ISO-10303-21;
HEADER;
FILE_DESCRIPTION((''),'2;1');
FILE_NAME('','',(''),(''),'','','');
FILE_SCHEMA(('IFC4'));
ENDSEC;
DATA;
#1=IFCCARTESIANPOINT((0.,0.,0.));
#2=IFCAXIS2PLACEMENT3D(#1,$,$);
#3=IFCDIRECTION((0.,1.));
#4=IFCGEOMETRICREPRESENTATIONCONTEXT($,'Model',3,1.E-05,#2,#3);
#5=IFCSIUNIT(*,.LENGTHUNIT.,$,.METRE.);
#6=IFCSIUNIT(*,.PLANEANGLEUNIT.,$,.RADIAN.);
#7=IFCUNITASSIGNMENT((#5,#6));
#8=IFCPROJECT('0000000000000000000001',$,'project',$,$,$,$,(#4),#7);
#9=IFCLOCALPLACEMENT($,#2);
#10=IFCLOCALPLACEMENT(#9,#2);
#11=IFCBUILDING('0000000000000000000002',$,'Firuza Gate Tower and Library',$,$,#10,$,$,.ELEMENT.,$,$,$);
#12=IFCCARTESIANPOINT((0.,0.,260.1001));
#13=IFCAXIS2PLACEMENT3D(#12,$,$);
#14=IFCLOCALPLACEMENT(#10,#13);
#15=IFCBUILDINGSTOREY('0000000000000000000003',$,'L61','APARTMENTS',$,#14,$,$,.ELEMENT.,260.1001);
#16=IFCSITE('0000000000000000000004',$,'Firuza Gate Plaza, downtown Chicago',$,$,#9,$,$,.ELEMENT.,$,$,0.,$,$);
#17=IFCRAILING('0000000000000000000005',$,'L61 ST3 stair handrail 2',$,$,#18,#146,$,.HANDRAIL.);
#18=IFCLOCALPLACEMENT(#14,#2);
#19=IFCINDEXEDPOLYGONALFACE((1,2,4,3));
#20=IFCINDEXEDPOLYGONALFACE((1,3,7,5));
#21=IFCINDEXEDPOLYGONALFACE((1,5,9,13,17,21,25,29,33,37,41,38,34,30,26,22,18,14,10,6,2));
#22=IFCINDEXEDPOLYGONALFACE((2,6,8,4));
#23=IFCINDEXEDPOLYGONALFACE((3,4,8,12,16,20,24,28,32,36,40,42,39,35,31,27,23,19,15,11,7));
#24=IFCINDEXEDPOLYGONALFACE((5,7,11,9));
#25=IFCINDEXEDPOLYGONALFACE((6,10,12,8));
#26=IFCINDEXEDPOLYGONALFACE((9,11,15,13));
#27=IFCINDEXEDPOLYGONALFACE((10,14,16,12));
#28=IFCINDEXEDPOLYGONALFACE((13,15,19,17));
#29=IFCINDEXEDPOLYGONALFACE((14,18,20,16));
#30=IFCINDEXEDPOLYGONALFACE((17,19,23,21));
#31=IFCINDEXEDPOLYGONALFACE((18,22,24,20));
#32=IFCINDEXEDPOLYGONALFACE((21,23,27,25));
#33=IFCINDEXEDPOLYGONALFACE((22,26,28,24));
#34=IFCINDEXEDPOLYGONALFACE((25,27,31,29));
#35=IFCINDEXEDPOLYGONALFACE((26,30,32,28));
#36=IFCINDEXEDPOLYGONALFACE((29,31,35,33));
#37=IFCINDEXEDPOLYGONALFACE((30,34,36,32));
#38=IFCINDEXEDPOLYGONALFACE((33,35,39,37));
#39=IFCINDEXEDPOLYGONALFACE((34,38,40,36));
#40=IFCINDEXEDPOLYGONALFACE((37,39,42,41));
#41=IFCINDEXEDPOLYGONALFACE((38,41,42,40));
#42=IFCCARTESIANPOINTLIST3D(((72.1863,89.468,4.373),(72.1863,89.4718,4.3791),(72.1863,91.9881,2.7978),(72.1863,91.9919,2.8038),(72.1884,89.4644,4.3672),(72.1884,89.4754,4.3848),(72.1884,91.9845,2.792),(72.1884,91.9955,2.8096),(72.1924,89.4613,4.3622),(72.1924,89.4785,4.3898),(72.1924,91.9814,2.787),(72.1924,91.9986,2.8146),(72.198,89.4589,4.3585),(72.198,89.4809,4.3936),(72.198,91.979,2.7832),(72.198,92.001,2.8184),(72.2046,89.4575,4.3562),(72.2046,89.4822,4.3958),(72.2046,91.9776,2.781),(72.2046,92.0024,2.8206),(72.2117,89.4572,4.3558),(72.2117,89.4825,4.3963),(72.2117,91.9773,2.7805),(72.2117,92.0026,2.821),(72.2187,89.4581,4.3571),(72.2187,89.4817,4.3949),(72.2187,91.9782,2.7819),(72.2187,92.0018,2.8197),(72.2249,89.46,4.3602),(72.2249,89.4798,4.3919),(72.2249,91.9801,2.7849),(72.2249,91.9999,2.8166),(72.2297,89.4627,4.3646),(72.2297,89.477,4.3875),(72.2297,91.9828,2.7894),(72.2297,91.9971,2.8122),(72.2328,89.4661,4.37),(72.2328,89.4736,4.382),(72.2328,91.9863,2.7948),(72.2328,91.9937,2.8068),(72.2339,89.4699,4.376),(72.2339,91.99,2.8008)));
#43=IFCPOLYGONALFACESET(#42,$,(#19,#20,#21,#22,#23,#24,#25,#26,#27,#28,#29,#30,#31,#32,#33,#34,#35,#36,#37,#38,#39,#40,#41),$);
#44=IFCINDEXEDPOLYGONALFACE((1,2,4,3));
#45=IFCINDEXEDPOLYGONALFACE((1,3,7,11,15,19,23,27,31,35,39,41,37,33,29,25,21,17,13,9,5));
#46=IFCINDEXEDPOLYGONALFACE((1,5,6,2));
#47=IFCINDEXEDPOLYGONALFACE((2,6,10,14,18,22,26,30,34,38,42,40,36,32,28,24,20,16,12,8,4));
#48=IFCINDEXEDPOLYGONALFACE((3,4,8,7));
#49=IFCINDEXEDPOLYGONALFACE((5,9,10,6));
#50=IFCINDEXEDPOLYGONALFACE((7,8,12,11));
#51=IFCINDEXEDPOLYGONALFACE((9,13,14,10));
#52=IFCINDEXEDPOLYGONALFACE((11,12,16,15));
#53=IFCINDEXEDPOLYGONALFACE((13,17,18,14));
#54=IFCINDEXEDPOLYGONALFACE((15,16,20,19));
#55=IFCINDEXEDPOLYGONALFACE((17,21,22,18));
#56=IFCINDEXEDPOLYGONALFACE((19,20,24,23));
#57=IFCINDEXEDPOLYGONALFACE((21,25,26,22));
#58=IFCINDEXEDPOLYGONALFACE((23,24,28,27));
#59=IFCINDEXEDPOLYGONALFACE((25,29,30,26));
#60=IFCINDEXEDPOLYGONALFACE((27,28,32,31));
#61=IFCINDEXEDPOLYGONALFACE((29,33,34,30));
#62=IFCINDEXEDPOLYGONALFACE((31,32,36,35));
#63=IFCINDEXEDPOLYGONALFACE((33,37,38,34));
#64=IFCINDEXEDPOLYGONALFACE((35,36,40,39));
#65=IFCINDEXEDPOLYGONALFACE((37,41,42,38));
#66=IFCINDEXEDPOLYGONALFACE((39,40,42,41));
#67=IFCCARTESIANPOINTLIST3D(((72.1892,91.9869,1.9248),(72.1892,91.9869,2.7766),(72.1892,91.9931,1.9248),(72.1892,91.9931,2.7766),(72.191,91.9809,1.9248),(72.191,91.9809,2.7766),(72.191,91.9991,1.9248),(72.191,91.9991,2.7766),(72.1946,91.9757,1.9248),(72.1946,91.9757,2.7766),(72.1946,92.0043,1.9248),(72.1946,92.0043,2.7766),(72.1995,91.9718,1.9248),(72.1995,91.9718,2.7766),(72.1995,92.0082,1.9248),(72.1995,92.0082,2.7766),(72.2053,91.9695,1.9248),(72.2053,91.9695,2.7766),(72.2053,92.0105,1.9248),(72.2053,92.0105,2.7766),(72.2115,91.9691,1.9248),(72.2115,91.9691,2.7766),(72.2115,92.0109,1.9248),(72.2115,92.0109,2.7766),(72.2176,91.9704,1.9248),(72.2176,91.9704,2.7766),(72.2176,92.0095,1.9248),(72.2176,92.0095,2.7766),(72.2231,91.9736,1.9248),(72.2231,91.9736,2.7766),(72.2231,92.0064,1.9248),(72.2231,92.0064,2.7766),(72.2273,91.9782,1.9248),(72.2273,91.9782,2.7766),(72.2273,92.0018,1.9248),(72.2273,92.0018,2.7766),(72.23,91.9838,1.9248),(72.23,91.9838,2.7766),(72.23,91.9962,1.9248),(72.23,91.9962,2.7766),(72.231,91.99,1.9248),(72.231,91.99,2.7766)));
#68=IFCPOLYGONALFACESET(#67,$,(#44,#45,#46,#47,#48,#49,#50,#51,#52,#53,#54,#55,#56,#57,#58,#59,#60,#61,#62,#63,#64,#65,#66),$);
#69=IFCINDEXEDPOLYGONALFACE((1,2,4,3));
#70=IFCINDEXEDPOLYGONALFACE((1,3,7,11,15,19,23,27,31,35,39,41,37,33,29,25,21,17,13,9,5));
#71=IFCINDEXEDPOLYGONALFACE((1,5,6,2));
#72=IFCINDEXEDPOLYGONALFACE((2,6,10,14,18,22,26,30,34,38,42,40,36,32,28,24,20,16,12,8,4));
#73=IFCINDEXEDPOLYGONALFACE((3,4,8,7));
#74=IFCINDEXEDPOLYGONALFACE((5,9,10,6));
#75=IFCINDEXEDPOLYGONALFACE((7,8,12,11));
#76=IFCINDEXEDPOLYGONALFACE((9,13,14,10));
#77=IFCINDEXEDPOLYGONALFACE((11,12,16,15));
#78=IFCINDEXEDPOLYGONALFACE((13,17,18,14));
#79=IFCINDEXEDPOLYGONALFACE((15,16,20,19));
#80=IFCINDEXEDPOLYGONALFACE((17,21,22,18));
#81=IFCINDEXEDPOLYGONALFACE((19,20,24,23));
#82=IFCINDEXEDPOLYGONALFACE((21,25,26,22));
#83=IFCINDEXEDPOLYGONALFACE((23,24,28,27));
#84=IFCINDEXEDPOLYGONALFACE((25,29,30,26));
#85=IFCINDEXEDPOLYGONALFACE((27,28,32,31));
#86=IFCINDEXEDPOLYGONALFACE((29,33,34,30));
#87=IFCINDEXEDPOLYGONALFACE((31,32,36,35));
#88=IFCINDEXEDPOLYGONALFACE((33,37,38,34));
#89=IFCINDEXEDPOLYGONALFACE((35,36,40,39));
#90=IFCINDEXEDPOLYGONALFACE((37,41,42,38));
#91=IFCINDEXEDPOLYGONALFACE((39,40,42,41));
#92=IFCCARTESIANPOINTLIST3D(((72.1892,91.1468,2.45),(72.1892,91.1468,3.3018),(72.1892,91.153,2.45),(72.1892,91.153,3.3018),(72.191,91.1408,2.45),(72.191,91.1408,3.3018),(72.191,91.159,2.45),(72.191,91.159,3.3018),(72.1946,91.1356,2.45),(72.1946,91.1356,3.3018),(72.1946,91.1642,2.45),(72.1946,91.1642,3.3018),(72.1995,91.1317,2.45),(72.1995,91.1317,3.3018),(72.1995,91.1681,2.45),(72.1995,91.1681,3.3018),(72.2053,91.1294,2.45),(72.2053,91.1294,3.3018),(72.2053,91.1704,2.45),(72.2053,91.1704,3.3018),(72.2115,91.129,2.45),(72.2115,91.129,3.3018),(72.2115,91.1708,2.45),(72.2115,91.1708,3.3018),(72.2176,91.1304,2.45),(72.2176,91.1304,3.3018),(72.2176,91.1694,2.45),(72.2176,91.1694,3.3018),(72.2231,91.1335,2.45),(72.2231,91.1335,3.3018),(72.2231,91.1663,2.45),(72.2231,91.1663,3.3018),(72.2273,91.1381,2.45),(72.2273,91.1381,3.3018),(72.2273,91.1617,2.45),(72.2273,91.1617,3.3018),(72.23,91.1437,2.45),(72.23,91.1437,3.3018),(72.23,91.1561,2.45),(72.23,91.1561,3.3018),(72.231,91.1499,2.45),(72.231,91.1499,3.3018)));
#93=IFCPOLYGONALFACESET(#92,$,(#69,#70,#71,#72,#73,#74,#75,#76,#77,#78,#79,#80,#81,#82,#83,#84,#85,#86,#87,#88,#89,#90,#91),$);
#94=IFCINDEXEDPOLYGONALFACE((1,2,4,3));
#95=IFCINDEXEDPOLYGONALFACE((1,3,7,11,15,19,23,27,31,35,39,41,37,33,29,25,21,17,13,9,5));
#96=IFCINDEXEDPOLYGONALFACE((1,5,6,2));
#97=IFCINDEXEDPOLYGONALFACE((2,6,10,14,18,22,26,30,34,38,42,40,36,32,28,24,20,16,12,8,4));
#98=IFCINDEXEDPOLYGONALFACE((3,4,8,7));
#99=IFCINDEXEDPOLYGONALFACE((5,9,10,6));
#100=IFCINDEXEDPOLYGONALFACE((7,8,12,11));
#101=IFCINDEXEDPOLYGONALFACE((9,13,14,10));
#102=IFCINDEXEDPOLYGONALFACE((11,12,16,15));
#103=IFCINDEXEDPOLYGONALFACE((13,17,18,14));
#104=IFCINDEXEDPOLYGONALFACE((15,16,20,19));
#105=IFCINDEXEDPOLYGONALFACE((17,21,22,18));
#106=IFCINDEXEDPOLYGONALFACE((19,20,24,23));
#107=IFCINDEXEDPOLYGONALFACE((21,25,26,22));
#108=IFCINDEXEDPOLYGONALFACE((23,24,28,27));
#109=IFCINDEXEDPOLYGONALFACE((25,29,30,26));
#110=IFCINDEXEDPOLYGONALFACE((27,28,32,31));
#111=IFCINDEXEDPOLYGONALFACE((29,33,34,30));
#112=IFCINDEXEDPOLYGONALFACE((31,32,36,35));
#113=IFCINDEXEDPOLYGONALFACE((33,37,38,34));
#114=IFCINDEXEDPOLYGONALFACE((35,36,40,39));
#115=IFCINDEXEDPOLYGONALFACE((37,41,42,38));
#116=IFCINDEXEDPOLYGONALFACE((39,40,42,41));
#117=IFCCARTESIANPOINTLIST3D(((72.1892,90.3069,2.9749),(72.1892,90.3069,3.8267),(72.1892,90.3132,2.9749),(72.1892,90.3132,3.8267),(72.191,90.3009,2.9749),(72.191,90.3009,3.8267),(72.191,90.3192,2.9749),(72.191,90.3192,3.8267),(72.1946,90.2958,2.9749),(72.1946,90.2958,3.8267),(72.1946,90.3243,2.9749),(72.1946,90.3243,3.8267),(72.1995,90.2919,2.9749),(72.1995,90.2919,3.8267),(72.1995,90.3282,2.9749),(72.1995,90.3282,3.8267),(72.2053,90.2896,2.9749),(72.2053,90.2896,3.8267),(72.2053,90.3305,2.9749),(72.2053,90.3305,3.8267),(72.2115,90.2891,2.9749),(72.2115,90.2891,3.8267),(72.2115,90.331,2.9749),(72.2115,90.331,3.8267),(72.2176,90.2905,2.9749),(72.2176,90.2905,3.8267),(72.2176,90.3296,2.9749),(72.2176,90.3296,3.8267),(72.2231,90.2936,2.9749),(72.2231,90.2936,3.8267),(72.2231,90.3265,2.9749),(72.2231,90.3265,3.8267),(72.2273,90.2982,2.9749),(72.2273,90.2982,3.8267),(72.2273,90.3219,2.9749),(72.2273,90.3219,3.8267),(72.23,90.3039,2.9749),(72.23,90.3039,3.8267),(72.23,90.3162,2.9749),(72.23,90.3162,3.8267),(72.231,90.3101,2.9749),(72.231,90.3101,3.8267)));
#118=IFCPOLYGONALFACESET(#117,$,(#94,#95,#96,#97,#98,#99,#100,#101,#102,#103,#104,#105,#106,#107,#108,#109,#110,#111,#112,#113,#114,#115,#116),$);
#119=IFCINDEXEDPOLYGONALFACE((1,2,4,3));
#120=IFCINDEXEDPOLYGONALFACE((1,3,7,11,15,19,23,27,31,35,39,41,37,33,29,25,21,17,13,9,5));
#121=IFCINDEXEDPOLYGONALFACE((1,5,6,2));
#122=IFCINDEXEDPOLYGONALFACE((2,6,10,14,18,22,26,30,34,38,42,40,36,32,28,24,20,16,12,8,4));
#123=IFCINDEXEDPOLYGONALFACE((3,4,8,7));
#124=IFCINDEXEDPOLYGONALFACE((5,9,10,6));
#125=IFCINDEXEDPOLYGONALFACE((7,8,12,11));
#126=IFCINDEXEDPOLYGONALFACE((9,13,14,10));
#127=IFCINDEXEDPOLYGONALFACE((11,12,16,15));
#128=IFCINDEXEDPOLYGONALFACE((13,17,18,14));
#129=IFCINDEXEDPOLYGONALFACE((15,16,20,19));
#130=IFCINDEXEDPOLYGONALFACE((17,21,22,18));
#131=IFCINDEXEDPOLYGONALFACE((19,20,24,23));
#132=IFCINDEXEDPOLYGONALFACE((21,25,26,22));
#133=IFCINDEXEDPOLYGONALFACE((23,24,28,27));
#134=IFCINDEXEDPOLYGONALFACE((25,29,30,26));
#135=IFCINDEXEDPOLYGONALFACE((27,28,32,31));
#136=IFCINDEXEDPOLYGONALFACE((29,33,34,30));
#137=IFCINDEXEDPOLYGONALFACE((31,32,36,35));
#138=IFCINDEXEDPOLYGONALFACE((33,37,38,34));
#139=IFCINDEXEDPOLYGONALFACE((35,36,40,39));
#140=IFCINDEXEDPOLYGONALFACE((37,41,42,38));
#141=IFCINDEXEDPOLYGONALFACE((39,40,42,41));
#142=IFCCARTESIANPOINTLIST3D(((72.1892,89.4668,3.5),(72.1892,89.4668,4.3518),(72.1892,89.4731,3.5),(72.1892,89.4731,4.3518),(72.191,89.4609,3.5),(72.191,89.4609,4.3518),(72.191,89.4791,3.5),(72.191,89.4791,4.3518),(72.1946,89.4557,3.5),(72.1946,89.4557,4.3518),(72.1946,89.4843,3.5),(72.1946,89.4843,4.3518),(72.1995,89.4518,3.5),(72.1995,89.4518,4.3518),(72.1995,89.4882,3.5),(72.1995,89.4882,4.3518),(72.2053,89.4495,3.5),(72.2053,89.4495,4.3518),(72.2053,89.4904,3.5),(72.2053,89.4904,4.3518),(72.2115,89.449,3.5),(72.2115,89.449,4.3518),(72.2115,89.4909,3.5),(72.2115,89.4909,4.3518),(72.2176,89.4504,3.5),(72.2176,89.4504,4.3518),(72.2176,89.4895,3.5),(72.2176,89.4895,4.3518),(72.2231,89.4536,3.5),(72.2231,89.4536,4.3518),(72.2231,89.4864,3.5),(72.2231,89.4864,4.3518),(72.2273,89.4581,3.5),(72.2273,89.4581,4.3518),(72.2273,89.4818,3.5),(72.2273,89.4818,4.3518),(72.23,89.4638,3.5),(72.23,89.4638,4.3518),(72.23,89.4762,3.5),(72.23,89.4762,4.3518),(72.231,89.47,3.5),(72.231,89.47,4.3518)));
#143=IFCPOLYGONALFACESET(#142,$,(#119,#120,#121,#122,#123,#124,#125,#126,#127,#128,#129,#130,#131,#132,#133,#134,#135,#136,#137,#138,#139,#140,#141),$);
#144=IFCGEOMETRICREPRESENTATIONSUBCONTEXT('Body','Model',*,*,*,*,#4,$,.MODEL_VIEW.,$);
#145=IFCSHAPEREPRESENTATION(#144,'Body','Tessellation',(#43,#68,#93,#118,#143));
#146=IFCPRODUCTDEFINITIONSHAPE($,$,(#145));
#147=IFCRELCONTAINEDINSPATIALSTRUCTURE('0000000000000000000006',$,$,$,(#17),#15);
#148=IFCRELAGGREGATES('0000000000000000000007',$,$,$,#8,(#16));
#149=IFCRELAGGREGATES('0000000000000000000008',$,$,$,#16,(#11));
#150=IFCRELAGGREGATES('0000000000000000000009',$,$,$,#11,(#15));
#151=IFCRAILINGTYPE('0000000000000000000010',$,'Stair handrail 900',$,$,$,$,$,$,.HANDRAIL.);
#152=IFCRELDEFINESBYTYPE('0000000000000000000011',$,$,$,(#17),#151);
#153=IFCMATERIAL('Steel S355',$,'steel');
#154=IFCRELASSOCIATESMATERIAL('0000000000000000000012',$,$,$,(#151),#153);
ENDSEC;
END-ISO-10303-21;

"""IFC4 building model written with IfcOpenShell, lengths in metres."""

from ifc_helpers import new_model, si_unit, direction, frame, origin, origin_2d, place, context, subcontext, project, spatial, circle, extrude, material, type_object, element, save


model = new_model("IFC4")

# Units and contexts
model_context = context("Model", 3, precision=1e-05, world=origin(), true_north=direction((0.0, 1.0)))
body_context = subcontext(model_context, "Body", "Model", "MODEL_VIEW")
ifc_project = project(units=[si_unit("LENGTHUNIT", "METRE"), si_unit("PLANEANGLEUNIT", "RADIAN")], contexts=[model_context])

# Site, building, storey
site_placement = place(None, origin())
site = spatial("IfcSite", under=ifc_project, at=site_placement, Name="Firuza Gate Plaza, downtown Chicago", CompositionType="ELEMENT", RefElevation=0.0)
building_placement = place(site_placement, origin())
building = spatial("IfcBuilding", under=site, at=building_placement, Name="Firuza Gate Tower and Library", CompositionType="ELEMENT")
storey_placement = place(building_placement, frame((0.0, 0.0, 260.1001)))
storey = spatial("IfcBuildingStorey", under=building, at=storey_placement, Name="L61", Description="APARTMENTS", CompositionType="ELEMENT", Elevation=260.1001)

# Railing
ifc_material_1 = material(Name="Steel S355", Category="steel")
railing_type_1 = type_object("IfcRailingType", Name="Stair handrail 900", PredefinedType="HANDRAIL", material=ifc_material_1)
railing_1_placement = place(storey_placement, frame((72.21, 91.99, 1.9248)))
element("IfcRailing", 1, at=railing_1_placement, inside=storey, type_object=railing_type_1, Name="L61 ST3 stair handrail 2", PredefinedType="HANDRAIL", context=body_context, shape_type="SweptSolid", body=[
    extrude(circle(Radius=0.0239, at=origin_2d()), frame((0.0, 0.0, 0.876), z_axis=(0.0, -0.847971, 0.530043), x_axis=(1.0, 0.0, 0.0)), (0.0, 0.0, 1.0), 2.9719),
    extrude(circle(Radius=0.021, at=origin_2d()), origin(), (0.0, 0.0, 1.0), 0.8518),
    extrude(circle(Radius=0.021, at=origin_2d()), frame((0.0, -0.8401, 0.5251)), (0.0, 0.0, 1.0), 0.8518),
    extrude(circle(Radius=0.021, at=origin_2d()), frame((0.0, -1.6799, 1.05)), (0.0, 0.0, 1.0), 0.8518),
    extrude(circle(Radius=0.021, at=origin_2d()), frame((0.0, -2.52, 1.5752)), (0.0, 0.0, 1.0), 0.8518),
])

save(model, "model.ifc")
